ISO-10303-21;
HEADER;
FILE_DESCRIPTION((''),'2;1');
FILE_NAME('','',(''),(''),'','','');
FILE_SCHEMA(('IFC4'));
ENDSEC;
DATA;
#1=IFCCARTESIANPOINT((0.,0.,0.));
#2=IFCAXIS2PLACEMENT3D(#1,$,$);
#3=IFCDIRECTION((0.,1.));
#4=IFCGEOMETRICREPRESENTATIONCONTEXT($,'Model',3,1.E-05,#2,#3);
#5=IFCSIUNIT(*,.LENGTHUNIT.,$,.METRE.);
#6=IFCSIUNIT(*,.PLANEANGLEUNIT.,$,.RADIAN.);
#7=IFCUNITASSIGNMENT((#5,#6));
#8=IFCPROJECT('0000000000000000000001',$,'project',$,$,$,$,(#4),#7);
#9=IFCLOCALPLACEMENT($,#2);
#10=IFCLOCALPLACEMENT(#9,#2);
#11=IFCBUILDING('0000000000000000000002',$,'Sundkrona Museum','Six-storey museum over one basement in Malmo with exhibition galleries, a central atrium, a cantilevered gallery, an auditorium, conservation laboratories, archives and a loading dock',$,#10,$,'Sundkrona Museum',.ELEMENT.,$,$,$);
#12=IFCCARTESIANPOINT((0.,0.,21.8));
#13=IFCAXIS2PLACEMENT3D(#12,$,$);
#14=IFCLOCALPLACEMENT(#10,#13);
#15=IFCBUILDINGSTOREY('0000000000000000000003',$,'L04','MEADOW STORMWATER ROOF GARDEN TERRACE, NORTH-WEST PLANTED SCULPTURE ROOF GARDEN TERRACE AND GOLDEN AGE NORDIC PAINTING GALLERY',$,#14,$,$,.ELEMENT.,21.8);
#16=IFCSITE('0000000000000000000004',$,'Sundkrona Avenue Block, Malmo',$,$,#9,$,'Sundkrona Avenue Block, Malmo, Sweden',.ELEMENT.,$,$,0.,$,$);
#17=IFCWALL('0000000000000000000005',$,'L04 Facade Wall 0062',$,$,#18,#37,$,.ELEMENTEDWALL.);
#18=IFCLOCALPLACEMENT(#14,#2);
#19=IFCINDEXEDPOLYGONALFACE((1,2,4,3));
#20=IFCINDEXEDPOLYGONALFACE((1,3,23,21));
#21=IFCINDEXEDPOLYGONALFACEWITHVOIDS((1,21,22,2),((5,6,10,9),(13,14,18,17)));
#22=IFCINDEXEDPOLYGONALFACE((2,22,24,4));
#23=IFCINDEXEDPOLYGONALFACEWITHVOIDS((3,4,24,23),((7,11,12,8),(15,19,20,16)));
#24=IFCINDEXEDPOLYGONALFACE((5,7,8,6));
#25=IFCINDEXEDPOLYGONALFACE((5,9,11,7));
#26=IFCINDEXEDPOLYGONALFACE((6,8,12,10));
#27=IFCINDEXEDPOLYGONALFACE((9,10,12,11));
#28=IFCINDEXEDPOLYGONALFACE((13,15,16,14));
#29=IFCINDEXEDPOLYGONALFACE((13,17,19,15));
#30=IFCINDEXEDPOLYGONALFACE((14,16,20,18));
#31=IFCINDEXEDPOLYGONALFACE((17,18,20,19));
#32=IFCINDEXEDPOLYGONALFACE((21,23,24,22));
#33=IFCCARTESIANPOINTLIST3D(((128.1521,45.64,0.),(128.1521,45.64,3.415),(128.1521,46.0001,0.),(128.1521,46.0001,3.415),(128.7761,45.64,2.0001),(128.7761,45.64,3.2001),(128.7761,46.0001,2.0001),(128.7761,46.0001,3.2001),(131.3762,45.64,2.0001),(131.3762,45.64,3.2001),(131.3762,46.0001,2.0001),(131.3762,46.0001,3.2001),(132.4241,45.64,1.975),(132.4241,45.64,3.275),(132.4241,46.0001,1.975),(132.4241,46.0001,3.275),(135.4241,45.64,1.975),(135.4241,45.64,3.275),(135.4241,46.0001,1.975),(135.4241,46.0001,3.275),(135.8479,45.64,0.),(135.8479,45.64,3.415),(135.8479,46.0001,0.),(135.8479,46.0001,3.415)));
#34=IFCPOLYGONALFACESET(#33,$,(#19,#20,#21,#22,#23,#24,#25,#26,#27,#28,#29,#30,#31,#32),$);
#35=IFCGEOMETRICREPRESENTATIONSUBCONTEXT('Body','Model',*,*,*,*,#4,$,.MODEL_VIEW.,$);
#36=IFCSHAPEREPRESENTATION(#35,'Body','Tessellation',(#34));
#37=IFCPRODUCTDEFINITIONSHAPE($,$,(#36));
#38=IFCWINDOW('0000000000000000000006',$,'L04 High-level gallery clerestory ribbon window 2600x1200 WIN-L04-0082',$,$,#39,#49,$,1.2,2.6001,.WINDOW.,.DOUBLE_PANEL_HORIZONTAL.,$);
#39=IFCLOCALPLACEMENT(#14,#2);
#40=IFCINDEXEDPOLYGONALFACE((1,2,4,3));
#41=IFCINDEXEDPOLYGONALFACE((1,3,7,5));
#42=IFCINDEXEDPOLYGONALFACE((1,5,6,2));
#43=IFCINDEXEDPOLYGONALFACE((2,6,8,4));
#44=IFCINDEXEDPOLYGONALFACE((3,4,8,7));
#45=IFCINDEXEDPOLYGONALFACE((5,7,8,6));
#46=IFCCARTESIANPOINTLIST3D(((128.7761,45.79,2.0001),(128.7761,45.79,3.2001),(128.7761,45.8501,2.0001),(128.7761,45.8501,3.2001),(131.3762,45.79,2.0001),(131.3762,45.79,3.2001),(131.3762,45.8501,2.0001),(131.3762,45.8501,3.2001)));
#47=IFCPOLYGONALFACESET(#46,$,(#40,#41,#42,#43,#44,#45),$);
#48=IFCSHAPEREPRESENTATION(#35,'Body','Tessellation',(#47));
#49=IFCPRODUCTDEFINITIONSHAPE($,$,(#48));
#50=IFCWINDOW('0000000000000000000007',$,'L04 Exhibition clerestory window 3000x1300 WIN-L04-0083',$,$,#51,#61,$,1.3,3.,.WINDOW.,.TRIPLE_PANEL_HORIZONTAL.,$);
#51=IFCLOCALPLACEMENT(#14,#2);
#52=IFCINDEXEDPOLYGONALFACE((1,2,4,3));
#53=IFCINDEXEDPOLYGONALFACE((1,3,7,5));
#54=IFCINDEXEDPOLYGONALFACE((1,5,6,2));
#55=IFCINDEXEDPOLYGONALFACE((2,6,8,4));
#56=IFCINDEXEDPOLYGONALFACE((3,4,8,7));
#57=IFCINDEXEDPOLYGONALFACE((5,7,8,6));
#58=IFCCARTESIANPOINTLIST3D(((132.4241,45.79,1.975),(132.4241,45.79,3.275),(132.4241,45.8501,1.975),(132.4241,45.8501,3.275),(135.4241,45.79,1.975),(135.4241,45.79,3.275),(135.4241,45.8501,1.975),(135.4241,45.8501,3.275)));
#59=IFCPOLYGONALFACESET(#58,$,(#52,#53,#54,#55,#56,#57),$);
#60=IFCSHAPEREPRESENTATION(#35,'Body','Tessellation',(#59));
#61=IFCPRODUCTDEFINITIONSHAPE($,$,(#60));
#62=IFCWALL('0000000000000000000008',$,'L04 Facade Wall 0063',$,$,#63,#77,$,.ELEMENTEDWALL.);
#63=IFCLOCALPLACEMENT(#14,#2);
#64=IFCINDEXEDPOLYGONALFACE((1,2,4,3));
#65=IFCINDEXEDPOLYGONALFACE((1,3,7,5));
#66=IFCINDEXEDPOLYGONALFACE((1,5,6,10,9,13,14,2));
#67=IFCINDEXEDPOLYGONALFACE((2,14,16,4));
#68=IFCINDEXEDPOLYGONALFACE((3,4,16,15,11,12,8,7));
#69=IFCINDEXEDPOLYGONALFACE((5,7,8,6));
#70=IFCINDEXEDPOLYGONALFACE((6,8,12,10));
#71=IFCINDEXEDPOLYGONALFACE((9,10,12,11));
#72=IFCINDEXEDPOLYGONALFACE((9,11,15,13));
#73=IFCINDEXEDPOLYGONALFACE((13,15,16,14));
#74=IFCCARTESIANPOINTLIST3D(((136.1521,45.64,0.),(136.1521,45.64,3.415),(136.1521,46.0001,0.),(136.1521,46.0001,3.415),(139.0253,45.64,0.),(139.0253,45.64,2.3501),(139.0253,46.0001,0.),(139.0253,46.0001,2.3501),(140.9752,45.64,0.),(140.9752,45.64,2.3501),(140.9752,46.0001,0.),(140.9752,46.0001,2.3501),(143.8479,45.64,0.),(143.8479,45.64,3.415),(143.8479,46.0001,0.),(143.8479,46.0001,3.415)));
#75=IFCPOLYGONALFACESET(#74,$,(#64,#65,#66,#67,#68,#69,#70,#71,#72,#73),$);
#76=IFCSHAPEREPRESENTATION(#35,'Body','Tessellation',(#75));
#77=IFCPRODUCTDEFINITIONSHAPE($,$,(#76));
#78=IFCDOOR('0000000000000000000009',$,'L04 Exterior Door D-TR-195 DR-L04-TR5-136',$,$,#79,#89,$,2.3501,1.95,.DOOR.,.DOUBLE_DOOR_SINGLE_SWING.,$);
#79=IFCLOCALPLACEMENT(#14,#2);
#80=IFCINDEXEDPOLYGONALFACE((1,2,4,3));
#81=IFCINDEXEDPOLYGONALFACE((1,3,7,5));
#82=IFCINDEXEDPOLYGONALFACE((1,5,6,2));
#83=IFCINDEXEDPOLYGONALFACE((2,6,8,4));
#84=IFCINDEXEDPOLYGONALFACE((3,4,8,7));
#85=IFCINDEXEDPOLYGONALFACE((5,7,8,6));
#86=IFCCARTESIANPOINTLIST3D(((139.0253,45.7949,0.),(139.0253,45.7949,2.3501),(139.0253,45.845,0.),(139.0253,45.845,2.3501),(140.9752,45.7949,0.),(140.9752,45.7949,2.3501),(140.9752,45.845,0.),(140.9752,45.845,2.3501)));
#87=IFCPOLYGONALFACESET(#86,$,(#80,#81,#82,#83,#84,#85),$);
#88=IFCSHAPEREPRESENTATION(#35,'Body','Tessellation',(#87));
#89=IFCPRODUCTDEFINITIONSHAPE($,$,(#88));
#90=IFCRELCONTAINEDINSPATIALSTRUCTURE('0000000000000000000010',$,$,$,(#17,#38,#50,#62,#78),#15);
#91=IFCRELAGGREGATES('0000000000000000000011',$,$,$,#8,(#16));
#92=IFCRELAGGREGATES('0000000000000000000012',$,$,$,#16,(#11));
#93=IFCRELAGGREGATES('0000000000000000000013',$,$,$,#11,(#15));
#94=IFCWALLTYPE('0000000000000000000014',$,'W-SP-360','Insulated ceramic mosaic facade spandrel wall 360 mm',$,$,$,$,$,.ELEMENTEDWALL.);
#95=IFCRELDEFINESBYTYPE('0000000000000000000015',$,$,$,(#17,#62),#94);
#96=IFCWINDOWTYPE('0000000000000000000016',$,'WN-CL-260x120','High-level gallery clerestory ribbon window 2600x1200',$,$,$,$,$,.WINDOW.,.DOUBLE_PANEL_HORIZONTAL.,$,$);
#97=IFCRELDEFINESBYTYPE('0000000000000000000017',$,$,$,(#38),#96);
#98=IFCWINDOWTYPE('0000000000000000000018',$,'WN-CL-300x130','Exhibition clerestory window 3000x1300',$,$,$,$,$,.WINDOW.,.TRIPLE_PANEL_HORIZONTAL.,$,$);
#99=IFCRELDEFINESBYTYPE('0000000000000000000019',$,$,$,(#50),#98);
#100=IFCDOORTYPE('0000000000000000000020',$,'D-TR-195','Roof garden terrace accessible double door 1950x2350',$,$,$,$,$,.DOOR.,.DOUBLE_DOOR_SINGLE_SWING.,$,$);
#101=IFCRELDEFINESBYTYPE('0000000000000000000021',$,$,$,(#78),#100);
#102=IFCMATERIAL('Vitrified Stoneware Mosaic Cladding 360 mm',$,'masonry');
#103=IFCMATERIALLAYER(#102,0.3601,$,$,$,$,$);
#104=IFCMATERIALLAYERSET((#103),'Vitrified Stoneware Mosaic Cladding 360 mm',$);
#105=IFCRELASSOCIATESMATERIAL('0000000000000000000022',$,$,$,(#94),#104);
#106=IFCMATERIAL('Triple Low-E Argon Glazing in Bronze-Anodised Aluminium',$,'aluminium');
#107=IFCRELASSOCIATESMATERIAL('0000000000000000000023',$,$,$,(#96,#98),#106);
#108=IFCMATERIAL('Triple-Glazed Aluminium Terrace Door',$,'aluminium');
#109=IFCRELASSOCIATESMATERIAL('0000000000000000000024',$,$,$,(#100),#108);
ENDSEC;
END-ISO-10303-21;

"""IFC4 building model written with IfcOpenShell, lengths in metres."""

from ifc_helpers import new_model, si_unit, direction, frame, frame_2d, origin, place, context, subcontext, project, spatial, rectangle, extrude, material, layer, layer_set, type_object, element, fill, save


model = new_model("IFC4")

# Units and contexts
model_context = context("Model", 3, precision=1e-05, world=origin(), true_north=direction((0.0, 1.0)))
body_context = subcontext(model_context, "Body", "Model", "MODEL_VIEW")
ifc_project = project(units=[si_unit("LENGTHUNIT", "METRE"), si_unit("PLANEANGLEUNIT", "RADIAN")], contexts=[model_context])

# Site, building, storey
site_placement = place(None, origin())
site = spatial("IfcSite", under=ifc_project, at=site_placement, Name="Sundkrona Avenue Block, Malmo", LongName="Sundkrona Avenue Block, Malmo, Sweden", CompositionType="ELEMENT", RefElevation=0.0)
building_placement = place(site_placement, origin())
building = spatial("IfcBuilding", under=site, at=building_placement, Name="Sundkrona Museum", Description="Six-storey museum over one basement in Malmo with exhibition galleries, a central atrium, a cantilevered gallery, an auditorium, conservation laboratories, archives and a loading dock", LongName="Sundkrona Museum", CompositionType="ELEMENT")
storey_placement = place(building_placement, frame((0.0, 0.0, 21.8)))
storey = spatial("IfcBuildingStorey", under=building, at=storey_placement, Name="L04", Description="MEADOW STORMWATER ROOF GARDEN TERRACE, NORTH-WEST PLANTED SCULPTURE ROOF GARDEN TERRACE AND GOLDEN AGE NORDIC PAINTING GALLERY", CompositionType="ELEMENT", Elevation=21.8)

# Shared definitions
ifc_material_1 = material(Name="Triple Low-E Argon Glazing in Bronze-Anodised Aluminium", Category="aluminium")

# Wall, openings, windows
ifc_material_2 = material(Name="Vitrified Stoneware Mosaic Cladding 360 mm", Category="masonry")
ifc_layer_1 = layer(ifc_material_2, 0.3601)
ifc_layer_set_1 = layer_set([ifc_layer_1], Name="Vitrified Stoneware Mosaic Cladding 360 mm")
wall_type_1 = type_object("IfcWallType", Name="W-SP-360", Description="Insulated ceramic mosaic facade spandrel wall 360 mm", PredefinedType="ELEMENTEDWALL", material=ifc_layer_set_1)
window_type_1 = type_object("IfcWindowType", Name="WN-CL-260x120", Description="High-level gallery clerestory ribbon window 2600x1200", PartitioningType="DOUBLE_PANEL_HORIZONTAL", PredefinedType="WINDOW", material=ifc_material_1)
window_type_2 = type_object("IfcWindowType", Name="WN-CL-300x130", Description="Exhibition clerestory window 3000x1300", PartitioningType="TRIPLE_PANEL_HORIZONTAL", PredefinedType="WINDOW", material=ifc_material_1)
wall_1_placement = place(storey_placement, frame((128.1521, 45.8201, 0.0), z_axis=(0.0, 0.0, 1.0), x_axis=(1.0, 0.0, 0.0)))
wall_1 = element("IfcWall", 1, at=wall_1_placement, inside=storey, type_object=wall_type_1, Name="L04 Facade Wall 0062", PredefinedType="ELEMENTEDWALL", context=body_context, shape_type="SweptSolid", body=[
    extrude(rectangle(XDim=7.6958, YDim=0.3601, at=frame_2d((3.8479, 0.0))), origin(), (0.0, 0.0, 1.0), 3.415),
])
opening_1_placement = place(wall_1_placement, frame((0.624, 0.0, 2.0)))
opening_1 = element("IfcOpeningElement", 2, at=opening_1_placement, cuts=wall_1, PredefinedType="OPENING", context=body_context, shape_type="SweptSolid", body=[
    extrude(rectangle(XDim=2.6001, YDim=1.2, at=frame_2d((1.3, 0.6001))), frame((0.0, 0.1899, 0.0), z_axis=(0.0, -1.0, 0.0), x_axis=(1.0, 0.0, 0.0)), (0.0, 0.0, 1.0), 0.3801),
])
opening_2_placement = place(wall_1_placement, frame((4.272, 0.0, 1.9751)))
opening_2 = element("IfcOpeningElement", 3, at=opening_2_placement, cuts=wall_1, PredefinedType="OPENING", context=body_context, shape_type="SweptSolid", body=[
    extrude(rectangle(XDim=3.0, YDim=1.3, at=frame_2d((1.5, 0.6499))), frame((0.0, 0.1899, 0.0), z_axis=(0.0, -1.0, 0.0), x_axis=(1.0, 0.0, 0.0)), (0.0, 0.0, 1.0), 0.3801),
])
window_1_placement = place(opening_1_placement, origin())
window_1 = element("IfcWindow", 4, at=window_1_placement, inside=storey, type_object=window_type_1, Name="L04 High-level gallery clerestory ribbon window 2600x1200 WIN-L04-0082", OverallHeight=1.2, OverallWidth=2.6001, PartitioningType="DOUBLE_PANEL_HORIZONTAL", PredefinedType="WINDOW", context=body_context, shape_type="SweptSolid", body=[
    extrude(rectangle(XDim=2.6001, YDim=1.2, at=frame_2d((1.3, 0.6001))), frame((0.0, 0.03, 0.0), z_axis=(0.0, -1.0, 0.0), x_axis=(1.0, 0.0, 0.0)), (0.0, 0.0, 1.0), 0.0601),
])
fill(opening_1, window_1)
window_2_placement = place(opening_2_placement, origin())
window_2 = element("IfcWindow", 5, at=window_2_placement, inside=storey, type_object=window_type_2, Name="L04 Exhibition clerestory window 3000x1300 WIN-L04-0083", OverallHeight=1.3, OverallWidth=3.0, PartitioningType="TRIPLE_PANEL_HORIZONTAL", PredefinedType="WINDOW", context=body_context, shape_type="SweptSolid", body=[
    extrude(rectangle(XDim=3.0, YDim=1.3, at=frame_2d((1.5, 0.6499))), frame((0.0, 0.03, 0.0), z_axis=(0.0, -1.0, 0.0), x_axis=(1.0, 0.0, 0.0)), (0.0, 0.0, 1.0), 0.0601),
])
fill(opening_2, window_2)

# Wall, opening, door
wall_2_placement = place(storey_placement, frame((136.1521, 45.8201, 0.0), z_axis=(0.0, 0.0, 1.0), x_axis=(1.0, 0.0, 0.0)))
wall_2 = element("IfcWall", 6, at=wall_2_placement, inside=storey, type_object=wall_type_1, Name="L04 Facade Wall 0063", PredefinedType="ELEMENTEDWALL", context=body_context, shape_type="SweptSolid", body=[
    extrude(rectangle(XDim=7.6958, YDim=0.3601, at=frame_2d((3.8479, 0.0))), origin(), (0.0, 0.0, 1.0), 3.415),
])
opening_3_placement = place(wall_2_placement, frame((2.873, 0.0, 0.0)))
opening_3 = element("IfcOpeningElement", 7, at=opening_3_placement, cuts=wall_2, PredefinedType="OPENING", context=body_context, shape_type="SweptSolid", body=[
    extrude(rectangle(XDim=1.95, YDim=2.3501, at=frame_2d((0.9751, 1.175))), frame((0.0, 0.1899, 0.0), z_axis=(0.0, -1.0, 0.0), x_axis=(1.0, 0.0, 0.0)), (0.0, 0.0, 1.0), 0.3801),
])
ifc_material_3 = material(Name="Triple-Glazed Aluminium Terrace Door", Category="aluminium")
door_type_1 = type_object("IfcDoorType", Name="D-TR-195", Description="Roof garden terrace accessible double door 1950x2350", OperationType="DOUBLE_DOOR_SINGLE_SWING", PredefinedType="DOOR", material=ifc_material_3)
door_1_placement = place(opening_3_placement, origin())
door_1 = element("IfcDoor", 8, at=door_1_placement, inside=storey, type_object=door_type_1, Name="L04 Exterior Door D-TR-195 DR-L04-TR5-136", OperationType="DOUBLE_DOOR_SINGLE_SWING", OverallHeight=2.3501, OverallWidth=1.95, PredefinedType="DOOR", context=body_context, shape_type="SweptSolid", body=[
    extrude(rectangle(XDim=1.95, YDim=2.3501, at=frame_2d((0.9751, 1.175))), frame((0.0, 0.0249, 0.0), z_axis=(0.0, -1.0, 0.0), x_axis=(1.0, 0.0, 0.0)), (0.0, 0.0, 1.0), 0.05),
])
fill(opening_3, door_1)

save(model, "model.ifc")
